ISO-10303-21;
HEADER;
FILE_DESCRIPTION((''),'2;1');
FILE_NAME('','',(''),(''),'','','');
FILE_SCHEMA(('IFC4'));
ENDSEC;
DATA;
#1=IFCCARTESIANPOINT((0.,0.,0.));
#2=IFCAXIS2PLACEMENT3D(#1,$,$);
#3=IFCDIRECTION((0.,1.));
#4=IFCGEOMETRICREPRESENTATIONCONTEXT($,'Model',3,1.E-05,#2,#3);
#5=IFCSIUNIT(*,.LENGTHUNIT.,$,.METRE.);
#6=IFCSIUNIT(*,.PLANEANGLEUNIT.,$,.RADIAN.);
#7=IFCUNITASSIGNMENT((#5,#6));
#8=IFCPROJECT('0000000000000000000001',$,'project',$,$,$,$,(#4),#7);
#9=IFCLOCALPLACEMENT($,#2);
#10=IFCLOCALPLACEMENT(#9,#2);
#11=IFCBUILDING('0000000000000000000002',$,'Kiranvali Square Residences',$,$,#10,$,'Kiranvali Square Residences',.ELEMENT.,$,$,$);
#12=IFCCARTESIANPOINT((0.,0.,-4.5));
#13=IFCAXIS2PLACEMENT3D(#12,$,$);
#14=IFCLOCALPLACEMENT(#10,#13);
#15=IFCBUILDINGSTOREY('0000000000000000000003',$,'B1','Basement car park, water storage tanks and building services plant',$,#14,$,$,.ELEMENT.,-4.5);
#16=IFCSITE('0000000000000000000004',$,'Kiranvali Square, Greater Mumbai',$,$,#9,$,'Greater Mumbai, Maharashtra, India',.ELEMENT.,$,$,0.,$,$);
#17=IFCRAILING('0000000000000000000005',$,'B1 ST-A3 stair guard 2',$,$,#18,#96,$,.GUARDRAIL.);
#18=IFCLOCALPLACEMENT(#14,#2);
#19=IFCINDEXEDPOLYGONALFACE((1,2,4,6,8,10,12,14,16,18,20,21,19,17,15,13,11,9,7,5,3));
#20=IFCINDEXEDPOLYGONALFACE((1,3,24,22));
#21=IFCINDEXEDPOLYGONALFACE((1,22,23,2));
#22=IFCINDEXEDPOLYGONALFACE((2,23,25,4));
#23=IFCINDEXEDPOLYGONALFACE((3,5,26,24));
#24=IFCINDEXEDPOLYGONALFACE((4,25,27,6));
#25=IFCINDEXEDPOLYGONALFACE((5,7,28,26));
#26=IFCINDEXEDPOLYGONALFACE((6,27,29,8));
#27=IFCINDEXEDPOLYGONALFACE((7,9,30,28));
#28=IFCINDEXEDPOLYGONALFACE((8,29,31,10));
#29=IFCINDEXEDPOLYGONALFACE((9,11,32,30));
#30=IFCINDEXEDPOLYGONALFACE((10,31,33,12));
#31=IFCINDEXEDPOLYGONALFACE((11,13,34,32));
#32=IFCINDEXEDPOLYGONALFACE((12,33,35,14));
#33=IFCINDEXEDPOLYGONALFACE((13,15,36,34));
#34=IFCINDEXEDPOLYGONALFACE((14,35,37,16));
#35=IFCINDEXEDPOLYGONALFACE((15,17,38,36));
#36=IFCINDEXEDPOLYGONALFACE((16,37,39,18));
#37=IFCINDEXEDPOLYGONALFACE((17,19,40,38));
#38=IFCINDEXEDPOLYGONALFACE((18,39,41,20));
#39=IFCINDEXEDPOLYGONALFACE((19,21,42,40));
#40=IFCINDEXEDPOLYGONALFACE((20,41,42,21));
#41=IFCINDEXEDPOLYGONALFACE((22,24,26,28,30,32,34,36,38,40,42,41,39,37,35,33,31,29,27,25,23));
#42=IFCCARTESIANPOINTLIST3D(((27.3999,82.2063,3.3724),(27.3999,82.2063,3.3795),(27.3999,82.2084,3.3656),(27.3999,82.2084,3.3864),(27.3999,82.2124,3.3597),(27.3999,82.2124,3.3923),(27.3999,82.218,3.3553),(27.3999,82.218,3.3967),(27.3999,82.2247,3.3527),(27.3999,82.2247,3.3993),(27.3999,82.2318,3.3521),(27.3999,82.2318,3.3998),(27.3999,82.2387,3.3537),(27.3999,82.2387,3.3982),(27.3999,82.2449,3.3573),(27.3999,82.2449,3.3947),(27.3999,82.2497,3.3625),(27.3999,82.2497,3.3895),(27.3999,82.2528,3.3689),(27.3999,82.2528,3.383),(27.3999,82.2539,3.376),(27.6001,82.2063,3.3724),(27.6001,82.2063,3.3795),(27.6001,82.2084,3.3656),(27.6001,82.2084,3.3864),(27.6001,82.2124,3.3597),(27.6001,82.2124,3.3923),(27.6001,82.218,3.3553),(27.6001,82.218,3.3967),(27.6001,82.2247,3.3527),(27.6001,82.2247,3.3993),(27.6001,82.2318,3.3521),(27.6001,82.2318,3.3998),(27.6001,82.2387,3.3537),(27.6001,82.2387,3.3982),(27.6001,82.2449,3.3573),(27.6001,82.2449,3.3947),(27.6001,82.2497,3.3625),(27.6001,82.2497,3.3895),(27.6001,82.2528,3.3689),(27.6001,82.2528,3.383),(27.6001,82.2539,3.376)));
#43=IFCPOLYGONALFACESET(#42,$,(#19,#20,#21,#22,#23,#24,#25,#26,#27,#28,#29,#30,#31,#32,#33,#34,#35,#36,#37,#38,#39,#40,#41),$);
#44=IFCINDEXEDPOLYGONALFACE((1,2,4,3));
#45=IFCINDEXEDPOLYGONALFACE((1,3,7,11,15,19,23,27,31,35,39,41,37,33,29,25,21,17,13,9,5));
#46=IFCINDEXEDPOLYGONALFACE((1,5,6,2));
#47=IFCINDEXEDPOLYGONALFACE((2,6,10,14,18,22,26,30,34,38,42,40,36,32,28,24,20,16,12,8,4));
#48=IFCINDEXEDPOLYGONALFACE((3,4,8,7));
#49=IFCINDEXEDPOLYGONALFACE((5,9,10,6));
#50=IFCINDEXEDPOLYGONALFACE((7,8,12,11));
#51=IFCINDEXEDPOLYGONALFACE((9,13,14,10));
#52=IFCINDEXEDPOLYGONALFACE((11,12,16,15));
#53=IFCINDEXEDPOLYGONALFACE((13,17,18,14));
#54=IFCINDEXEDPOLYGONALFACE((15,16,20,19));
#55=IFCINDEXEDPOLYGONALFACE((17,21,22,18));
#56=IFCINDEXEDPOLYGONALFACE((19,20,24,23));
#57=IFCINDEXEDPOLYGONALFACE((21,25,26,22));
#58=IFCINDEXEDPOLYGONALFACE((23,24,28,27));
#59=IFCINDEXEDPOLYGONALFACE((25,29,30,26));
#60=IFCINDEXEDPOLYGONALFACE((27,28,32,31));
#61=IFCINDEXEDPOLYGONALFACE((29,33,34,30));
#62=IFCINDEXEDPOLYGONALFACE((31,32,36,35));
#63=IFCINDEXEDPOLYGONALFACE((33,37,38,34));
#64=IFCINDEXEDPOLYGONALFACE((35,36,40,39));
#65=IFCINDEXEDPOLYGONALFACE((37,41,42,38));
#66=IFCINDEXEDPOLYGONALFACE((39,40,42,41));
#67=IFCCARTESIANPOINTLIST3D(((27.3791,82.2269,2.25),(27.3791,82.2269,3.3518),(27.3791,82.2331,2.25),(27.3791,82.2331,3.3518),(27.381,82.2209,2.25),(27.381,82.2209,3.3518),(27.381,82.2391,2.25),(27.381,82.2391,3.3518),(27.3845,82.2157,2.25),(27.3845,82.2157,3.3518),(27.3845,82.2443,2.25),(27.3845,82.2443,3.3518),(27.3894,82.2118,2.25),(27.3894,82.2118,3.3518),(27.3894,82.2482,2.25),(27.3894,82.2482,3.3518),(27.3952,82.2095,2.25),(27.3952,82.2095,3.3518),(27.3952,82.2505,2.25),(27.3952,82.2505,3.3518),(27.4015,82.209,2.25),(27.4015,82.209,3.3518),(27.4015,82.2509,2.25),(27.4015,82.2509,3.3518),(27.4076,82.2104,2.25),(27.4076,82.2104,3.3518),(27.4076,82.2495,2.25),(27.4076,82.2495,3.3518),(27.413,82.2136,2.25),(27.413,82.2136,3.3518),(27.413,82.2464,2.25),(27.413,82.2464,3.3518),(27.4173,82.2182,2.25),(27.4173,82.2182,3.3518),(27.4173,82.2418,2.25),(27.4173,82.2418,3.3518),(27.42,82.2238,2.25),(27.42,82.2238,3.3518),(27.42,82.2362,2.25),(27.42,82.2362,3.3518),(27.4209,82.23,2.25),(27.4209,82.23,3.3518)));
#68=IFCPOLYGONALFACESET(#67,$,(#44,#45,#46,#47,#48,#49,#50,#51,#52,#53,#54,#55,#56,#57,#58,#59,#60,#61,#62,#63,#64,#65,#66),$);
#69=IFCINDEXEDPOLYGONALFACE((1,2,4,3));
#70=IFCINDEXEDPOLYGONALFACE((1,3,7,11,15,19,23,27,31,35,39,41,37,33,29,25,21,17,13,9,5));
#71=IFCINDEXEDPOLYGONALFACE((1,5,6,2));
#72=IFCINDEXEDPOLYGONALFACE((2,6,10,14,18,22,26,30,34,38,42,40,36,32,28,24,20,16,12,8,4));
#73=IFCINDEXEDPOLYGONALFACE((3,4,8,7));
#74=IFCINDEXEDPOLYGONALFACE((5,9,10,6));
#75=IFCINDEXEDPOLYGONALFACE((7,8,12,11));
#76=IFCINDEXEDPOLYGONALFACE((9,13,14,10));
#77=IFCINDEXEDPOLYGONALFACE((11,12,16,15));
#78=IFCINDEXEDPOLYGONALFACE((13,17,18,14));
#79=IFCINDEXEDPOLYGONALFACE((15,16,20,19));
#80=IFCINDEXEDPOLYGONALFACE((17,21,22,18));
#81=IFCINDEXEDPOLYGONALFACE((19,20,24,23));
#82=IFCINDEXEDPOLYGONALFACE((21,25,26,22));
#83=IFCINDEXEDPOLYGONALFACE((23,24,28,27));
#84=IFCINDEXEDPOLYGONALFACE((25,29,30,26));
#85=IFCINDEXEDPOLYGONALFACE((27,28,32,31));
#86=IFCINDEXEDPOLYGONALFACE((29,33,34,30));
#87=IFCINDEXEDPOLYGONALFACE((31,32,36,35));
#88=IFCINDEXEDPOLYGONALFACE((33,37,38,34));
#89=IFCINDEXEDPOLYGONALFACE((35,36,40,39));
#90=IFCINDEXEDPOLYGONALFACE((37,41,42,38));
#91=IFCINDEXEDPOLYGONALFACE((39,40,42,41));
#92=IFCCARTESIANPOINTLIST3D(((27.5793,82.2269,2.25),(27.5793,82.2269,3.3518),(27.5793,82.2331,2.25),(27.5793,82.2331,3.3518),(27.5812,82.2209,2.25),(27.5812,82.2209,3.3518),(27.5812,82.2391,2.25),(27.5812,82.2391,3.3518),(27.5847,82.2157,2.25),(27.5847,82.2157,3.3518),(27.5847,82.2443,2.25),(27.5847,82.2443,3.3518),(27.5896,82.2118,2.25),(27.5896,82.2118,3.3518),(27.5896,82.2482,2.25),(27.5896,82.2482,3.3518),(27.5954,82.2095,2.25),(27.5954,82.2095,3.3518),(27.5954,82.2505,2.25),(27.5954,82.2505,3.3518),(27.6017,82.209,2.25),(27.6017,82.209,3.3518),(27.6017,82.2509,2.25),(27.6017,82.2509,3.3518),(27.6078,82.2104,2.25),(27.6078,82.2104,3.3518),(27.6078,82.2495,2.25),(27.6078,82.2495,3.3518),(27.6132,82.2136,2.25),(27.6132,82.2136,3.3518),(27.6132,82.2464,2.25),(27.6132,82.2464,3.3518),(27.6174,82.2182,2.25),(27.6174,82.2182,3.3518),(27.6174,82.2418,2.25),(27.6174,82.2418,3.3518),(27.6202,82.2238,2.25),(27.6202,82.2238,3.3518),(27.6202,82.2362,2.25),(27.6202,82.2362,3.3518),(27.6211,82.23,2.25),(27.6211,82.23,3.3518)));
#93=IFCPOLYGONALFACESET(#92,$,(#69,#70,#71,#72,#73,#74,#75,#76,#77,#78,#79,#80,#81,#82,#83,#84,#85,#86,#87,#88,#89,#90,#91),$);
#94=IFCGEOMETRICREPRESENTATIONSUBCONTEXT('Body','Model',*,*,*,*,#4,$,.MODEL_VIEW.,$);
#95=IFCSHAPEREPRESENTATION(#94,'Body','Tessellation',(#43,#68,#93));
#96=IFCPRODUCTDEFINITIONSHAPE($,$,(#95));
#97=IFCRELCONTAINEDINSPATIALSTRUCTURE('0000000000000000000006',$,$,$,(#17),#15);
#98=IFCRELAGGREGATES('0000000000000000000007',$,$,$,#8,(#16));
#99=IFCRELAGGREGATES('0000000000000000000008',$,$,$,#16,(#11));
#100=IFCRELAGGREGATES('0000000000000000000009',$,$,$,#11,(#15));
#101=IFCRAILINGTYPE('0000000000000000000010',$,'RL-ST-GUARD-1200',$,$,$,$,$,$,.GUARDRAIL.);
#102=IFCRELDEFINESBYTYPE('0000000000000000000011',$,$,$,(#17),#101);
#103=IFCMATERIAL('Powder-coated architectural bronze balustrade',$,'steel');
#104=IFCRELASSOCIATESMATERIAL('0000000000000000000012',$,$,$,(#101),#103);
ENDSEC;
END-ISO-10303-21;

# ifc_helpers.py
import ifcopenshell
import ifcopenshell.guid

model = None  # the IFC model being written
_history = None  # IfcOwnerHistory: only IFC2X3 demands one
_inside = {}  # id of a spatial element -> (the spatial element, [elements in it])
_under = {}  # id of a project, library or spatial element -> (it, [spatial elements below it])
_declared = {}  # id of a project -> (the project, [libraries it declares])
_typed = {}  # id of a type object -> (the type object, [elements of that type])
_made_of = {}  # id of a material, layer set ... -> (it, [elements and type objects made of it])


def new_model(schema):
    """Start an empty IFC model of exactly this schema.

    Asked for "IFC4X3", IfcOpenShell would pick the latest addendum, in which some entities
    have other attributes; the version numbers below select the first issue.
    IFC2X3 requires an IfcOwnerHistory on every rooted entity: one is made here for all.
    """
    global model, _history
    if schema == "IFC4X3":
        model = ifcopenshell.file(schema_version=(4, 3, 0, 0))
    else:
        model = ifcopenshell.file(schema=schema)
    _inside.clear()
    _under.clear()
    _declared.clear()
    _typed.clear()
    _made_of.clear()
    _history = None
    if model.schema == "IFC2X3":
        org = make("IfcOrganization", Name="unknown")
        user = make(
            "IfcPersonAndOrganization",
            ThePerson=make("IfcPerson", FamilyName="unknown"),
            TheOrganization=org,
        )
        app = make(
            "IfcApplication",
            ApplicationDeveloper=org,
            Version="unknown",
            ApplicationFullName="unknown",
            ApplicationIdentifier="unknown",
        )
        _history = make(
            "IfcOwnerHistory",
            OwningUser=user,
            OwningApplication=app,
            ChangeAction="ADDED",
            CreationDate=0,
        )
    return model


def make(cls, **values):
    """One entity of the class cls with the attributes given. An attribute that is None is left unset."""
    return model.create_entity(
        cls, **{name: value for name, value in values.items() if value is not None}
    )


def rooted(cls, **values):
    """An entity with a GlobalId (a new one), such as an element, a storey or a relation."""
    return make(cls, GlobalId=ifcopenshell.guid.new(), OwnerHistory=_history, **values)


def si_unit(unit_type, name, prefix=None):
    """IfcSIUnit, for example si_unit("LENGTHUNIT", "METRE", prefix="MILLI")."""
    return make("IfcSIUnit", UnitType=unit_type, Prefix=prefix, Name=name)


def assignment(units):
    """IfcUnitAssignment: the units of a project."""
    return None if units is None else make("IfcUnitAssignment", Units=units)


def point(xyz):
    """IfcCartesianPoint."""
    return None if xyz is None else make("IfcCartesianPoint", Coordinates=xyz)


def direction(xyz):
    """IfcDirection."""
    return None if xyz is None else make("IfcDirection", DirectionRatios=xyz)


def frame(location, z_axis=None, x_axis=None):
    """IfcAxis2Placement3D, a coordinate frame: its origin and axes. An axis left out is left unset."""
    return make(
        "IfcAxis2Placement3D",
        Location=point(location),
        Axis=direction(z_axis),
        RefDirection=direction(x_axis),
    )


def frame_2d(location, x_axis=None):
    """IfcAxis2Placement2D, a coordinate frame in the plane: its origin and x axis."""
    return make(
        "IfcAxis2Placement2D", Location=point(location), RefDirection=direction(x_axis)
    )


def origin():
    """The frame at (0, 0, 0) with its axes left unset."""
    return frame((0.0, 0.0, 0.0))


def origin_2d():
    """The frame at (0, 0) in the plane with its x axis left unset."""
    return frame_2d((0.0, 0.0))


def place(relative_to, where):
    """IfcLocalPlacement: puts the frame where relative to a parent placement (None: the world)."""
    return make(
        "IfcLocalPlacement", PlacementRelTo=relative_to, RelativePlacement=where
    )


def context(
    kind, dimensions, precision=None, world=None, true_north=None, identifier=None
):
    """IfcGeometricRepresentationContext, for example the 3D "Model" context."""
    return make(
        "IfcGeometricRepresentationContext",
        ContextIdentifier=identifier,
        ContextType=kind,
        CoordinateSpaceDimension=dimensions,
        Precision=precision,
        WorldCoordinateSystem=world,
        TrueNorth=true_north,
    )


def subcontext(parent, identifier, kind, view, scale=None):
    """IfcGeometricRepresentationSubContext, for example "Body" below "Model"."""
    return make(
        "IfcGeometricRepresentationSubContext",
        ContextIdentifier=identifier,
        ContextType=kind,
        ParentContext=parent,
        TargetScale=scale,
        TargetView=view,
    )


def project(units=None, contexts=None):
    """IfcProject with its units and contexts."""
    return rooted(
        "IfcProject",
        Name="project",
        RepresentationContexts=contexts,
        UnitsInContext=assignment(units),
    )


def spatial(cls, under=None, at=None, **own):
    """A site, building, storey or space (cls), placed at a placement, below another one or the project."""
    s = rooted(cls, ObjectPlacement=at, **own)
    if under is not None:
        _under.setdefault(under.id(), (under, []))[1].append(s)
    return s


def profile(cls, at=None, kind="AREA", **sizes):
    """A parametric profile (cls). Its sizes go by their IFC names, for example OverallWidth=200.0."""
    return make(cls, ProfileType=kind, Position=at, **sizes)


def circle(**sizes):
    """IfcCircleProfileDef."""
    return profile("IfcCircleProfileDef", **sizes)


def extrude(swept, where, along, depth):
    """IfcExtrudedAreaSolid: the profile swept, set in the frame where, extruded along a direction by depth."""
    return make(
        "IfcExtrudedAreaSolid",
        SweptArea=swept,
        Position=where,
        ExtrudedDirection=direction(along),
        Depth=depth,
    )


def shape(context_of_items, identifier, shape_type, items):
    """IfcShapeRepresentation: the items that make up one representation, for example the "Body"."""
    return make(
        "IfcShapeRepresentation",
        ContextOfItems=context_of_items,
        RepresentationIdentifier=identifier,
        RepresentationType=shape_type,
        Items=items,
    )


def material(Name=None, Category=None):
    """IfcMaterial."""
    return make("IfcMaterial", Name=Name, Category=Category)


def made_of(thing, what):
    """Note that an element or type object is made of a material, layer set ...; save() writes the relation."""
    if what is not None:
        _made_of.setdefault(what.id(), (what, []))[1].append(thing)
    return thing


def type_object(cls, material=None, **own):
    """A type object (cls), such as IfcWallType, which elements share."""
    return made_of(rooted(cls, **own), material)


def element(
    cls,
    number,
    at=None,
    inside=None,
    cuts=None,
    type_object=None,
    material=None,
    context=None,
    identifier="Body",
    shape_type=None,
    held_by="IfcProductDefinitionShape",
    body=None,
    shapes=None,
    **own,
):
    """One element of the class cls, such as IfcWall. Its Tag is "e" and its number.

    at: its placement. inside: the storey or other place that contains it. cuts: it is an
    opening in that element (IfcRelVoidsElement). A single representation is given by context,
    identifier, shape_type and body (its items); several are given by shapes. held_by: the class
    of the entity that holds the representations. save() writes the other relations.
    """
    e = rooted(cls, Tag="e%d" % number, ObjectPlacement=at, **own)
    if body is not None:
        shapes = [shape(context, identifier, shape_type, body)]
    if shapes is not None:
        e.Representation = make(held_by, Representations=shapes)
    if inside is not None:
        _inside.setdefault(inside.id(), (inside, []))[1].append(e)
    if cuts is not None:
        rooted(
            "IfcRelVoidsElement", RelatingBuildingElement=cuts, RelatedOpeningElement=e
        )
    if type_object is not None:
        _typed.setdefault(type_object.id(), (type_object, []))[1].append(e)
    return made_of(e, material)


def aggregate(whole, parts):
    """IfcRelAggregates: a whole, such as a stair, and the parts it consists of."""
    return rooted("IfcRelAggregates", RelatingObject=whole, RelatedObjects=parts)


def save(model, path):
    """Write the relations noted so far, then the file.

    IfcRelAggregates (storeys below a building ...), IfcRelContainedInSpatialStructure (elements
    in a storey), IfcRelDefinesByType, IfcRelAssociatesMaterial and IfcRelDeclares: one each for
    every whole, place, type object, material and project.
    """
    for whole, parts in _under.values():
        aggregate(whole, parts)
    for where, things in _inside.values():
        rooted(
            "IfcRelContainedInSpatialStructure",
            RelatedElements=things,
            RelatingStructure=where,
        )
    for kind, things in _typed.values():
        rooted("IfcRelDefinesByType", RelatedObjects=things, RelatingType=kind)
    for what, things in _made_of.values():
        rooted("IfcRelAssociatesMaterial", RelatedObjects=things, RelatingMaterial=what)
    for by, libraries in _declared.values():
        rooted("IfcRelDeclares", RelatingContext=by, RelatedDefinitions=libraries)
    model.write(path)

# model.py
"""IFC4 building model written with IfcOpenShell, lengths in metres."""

from ifc_helpers import new_model, si_unit, direction, frame, origin, origin_2d, place, context, subcontext, project, spatial, circle, extrude, material, type_object, element, save


model = new_model("IFC4")

# Units and contexts
model_context = context("Model", 3, precision=1e-05, world=origin(), true_north=direction((0.0, 1.0)))
body_context = subcontext(model_context, "Body", "Model", "MODEL_VIEW")
ifc_project = project(units=[si_unit("LENGTHUNIT", "METRE"), si_unit("PLANEANGLEUNIT", "RADIAN")], contexts=[model_context])

# Site, building, storey
site_placement = place(None, origin())
site = spatial("IfcSite", under=ifc_project, at=site_placement, Name="Kiranvali Square, Greater Mumbai", LongName="Greater Mumbai, Maharashtra, India", CompositionType="ELEMENT", RefElevation=0.0)
building_placement = place(site_placement, origin())
building = spatial("IfcBuilding", under=site, at=building_placement, Name="Kiranvali Square Residences", LongName="Kiranvali Square Residences", CompositionType="ELEMENT")
storey_placement = place(building_placement, frame((0.0, 0.0, -4.5)))
storey = spatial("IfcBuildingStorey", under=building, at=storey_placement, Name="B1", Description="Basement car park, water storage tanks and building services plant", CompositionType="ELEMENT", Elevation=-4.5)

# Railing
ifc_material_1 = material(Name="Powder-coated architectural bronze balustrade", Category="steel")
railing_type_1 = type_object("IfcRailingType", Name="RL-ST-GUARD-1200", PredefinedType="GUARDRAIL", material=ifc_material_1)
railing_1_placement = place(storey_placement, frame((27.3999, 82.23, 2.25)))
element("IfcRailing", 1, at=railing_1_placement, inside=storey, type_object=railing_type_1, Name="B1 ST-A3 stair guard 2", PredefinedType="GUARDRAIL", context=body_context, shape_type="SweptSolid", body=[
    extrude(circle(Radius=0.0239, at=origin_2d()), frame((0.0, 0.0, 1.126), z_axis=(1.0, 0.0, 0.0), x_axis=(0.0, 1.0, 0.0)), (0.0, 0.0, 1.0), 0.2002),
    extrude(circle(Radius=0.021, at=origin_2d()), origin(), (0.0, 0.0, 1.0), 1.1018),
    extrude(circle(Radius=0.021, at=origin_2d()), frame((0.2002, 0.0, 0.0)), (0.0, 0.0, 1.0), 1.1018),
])

save(model, "model.ifc")
